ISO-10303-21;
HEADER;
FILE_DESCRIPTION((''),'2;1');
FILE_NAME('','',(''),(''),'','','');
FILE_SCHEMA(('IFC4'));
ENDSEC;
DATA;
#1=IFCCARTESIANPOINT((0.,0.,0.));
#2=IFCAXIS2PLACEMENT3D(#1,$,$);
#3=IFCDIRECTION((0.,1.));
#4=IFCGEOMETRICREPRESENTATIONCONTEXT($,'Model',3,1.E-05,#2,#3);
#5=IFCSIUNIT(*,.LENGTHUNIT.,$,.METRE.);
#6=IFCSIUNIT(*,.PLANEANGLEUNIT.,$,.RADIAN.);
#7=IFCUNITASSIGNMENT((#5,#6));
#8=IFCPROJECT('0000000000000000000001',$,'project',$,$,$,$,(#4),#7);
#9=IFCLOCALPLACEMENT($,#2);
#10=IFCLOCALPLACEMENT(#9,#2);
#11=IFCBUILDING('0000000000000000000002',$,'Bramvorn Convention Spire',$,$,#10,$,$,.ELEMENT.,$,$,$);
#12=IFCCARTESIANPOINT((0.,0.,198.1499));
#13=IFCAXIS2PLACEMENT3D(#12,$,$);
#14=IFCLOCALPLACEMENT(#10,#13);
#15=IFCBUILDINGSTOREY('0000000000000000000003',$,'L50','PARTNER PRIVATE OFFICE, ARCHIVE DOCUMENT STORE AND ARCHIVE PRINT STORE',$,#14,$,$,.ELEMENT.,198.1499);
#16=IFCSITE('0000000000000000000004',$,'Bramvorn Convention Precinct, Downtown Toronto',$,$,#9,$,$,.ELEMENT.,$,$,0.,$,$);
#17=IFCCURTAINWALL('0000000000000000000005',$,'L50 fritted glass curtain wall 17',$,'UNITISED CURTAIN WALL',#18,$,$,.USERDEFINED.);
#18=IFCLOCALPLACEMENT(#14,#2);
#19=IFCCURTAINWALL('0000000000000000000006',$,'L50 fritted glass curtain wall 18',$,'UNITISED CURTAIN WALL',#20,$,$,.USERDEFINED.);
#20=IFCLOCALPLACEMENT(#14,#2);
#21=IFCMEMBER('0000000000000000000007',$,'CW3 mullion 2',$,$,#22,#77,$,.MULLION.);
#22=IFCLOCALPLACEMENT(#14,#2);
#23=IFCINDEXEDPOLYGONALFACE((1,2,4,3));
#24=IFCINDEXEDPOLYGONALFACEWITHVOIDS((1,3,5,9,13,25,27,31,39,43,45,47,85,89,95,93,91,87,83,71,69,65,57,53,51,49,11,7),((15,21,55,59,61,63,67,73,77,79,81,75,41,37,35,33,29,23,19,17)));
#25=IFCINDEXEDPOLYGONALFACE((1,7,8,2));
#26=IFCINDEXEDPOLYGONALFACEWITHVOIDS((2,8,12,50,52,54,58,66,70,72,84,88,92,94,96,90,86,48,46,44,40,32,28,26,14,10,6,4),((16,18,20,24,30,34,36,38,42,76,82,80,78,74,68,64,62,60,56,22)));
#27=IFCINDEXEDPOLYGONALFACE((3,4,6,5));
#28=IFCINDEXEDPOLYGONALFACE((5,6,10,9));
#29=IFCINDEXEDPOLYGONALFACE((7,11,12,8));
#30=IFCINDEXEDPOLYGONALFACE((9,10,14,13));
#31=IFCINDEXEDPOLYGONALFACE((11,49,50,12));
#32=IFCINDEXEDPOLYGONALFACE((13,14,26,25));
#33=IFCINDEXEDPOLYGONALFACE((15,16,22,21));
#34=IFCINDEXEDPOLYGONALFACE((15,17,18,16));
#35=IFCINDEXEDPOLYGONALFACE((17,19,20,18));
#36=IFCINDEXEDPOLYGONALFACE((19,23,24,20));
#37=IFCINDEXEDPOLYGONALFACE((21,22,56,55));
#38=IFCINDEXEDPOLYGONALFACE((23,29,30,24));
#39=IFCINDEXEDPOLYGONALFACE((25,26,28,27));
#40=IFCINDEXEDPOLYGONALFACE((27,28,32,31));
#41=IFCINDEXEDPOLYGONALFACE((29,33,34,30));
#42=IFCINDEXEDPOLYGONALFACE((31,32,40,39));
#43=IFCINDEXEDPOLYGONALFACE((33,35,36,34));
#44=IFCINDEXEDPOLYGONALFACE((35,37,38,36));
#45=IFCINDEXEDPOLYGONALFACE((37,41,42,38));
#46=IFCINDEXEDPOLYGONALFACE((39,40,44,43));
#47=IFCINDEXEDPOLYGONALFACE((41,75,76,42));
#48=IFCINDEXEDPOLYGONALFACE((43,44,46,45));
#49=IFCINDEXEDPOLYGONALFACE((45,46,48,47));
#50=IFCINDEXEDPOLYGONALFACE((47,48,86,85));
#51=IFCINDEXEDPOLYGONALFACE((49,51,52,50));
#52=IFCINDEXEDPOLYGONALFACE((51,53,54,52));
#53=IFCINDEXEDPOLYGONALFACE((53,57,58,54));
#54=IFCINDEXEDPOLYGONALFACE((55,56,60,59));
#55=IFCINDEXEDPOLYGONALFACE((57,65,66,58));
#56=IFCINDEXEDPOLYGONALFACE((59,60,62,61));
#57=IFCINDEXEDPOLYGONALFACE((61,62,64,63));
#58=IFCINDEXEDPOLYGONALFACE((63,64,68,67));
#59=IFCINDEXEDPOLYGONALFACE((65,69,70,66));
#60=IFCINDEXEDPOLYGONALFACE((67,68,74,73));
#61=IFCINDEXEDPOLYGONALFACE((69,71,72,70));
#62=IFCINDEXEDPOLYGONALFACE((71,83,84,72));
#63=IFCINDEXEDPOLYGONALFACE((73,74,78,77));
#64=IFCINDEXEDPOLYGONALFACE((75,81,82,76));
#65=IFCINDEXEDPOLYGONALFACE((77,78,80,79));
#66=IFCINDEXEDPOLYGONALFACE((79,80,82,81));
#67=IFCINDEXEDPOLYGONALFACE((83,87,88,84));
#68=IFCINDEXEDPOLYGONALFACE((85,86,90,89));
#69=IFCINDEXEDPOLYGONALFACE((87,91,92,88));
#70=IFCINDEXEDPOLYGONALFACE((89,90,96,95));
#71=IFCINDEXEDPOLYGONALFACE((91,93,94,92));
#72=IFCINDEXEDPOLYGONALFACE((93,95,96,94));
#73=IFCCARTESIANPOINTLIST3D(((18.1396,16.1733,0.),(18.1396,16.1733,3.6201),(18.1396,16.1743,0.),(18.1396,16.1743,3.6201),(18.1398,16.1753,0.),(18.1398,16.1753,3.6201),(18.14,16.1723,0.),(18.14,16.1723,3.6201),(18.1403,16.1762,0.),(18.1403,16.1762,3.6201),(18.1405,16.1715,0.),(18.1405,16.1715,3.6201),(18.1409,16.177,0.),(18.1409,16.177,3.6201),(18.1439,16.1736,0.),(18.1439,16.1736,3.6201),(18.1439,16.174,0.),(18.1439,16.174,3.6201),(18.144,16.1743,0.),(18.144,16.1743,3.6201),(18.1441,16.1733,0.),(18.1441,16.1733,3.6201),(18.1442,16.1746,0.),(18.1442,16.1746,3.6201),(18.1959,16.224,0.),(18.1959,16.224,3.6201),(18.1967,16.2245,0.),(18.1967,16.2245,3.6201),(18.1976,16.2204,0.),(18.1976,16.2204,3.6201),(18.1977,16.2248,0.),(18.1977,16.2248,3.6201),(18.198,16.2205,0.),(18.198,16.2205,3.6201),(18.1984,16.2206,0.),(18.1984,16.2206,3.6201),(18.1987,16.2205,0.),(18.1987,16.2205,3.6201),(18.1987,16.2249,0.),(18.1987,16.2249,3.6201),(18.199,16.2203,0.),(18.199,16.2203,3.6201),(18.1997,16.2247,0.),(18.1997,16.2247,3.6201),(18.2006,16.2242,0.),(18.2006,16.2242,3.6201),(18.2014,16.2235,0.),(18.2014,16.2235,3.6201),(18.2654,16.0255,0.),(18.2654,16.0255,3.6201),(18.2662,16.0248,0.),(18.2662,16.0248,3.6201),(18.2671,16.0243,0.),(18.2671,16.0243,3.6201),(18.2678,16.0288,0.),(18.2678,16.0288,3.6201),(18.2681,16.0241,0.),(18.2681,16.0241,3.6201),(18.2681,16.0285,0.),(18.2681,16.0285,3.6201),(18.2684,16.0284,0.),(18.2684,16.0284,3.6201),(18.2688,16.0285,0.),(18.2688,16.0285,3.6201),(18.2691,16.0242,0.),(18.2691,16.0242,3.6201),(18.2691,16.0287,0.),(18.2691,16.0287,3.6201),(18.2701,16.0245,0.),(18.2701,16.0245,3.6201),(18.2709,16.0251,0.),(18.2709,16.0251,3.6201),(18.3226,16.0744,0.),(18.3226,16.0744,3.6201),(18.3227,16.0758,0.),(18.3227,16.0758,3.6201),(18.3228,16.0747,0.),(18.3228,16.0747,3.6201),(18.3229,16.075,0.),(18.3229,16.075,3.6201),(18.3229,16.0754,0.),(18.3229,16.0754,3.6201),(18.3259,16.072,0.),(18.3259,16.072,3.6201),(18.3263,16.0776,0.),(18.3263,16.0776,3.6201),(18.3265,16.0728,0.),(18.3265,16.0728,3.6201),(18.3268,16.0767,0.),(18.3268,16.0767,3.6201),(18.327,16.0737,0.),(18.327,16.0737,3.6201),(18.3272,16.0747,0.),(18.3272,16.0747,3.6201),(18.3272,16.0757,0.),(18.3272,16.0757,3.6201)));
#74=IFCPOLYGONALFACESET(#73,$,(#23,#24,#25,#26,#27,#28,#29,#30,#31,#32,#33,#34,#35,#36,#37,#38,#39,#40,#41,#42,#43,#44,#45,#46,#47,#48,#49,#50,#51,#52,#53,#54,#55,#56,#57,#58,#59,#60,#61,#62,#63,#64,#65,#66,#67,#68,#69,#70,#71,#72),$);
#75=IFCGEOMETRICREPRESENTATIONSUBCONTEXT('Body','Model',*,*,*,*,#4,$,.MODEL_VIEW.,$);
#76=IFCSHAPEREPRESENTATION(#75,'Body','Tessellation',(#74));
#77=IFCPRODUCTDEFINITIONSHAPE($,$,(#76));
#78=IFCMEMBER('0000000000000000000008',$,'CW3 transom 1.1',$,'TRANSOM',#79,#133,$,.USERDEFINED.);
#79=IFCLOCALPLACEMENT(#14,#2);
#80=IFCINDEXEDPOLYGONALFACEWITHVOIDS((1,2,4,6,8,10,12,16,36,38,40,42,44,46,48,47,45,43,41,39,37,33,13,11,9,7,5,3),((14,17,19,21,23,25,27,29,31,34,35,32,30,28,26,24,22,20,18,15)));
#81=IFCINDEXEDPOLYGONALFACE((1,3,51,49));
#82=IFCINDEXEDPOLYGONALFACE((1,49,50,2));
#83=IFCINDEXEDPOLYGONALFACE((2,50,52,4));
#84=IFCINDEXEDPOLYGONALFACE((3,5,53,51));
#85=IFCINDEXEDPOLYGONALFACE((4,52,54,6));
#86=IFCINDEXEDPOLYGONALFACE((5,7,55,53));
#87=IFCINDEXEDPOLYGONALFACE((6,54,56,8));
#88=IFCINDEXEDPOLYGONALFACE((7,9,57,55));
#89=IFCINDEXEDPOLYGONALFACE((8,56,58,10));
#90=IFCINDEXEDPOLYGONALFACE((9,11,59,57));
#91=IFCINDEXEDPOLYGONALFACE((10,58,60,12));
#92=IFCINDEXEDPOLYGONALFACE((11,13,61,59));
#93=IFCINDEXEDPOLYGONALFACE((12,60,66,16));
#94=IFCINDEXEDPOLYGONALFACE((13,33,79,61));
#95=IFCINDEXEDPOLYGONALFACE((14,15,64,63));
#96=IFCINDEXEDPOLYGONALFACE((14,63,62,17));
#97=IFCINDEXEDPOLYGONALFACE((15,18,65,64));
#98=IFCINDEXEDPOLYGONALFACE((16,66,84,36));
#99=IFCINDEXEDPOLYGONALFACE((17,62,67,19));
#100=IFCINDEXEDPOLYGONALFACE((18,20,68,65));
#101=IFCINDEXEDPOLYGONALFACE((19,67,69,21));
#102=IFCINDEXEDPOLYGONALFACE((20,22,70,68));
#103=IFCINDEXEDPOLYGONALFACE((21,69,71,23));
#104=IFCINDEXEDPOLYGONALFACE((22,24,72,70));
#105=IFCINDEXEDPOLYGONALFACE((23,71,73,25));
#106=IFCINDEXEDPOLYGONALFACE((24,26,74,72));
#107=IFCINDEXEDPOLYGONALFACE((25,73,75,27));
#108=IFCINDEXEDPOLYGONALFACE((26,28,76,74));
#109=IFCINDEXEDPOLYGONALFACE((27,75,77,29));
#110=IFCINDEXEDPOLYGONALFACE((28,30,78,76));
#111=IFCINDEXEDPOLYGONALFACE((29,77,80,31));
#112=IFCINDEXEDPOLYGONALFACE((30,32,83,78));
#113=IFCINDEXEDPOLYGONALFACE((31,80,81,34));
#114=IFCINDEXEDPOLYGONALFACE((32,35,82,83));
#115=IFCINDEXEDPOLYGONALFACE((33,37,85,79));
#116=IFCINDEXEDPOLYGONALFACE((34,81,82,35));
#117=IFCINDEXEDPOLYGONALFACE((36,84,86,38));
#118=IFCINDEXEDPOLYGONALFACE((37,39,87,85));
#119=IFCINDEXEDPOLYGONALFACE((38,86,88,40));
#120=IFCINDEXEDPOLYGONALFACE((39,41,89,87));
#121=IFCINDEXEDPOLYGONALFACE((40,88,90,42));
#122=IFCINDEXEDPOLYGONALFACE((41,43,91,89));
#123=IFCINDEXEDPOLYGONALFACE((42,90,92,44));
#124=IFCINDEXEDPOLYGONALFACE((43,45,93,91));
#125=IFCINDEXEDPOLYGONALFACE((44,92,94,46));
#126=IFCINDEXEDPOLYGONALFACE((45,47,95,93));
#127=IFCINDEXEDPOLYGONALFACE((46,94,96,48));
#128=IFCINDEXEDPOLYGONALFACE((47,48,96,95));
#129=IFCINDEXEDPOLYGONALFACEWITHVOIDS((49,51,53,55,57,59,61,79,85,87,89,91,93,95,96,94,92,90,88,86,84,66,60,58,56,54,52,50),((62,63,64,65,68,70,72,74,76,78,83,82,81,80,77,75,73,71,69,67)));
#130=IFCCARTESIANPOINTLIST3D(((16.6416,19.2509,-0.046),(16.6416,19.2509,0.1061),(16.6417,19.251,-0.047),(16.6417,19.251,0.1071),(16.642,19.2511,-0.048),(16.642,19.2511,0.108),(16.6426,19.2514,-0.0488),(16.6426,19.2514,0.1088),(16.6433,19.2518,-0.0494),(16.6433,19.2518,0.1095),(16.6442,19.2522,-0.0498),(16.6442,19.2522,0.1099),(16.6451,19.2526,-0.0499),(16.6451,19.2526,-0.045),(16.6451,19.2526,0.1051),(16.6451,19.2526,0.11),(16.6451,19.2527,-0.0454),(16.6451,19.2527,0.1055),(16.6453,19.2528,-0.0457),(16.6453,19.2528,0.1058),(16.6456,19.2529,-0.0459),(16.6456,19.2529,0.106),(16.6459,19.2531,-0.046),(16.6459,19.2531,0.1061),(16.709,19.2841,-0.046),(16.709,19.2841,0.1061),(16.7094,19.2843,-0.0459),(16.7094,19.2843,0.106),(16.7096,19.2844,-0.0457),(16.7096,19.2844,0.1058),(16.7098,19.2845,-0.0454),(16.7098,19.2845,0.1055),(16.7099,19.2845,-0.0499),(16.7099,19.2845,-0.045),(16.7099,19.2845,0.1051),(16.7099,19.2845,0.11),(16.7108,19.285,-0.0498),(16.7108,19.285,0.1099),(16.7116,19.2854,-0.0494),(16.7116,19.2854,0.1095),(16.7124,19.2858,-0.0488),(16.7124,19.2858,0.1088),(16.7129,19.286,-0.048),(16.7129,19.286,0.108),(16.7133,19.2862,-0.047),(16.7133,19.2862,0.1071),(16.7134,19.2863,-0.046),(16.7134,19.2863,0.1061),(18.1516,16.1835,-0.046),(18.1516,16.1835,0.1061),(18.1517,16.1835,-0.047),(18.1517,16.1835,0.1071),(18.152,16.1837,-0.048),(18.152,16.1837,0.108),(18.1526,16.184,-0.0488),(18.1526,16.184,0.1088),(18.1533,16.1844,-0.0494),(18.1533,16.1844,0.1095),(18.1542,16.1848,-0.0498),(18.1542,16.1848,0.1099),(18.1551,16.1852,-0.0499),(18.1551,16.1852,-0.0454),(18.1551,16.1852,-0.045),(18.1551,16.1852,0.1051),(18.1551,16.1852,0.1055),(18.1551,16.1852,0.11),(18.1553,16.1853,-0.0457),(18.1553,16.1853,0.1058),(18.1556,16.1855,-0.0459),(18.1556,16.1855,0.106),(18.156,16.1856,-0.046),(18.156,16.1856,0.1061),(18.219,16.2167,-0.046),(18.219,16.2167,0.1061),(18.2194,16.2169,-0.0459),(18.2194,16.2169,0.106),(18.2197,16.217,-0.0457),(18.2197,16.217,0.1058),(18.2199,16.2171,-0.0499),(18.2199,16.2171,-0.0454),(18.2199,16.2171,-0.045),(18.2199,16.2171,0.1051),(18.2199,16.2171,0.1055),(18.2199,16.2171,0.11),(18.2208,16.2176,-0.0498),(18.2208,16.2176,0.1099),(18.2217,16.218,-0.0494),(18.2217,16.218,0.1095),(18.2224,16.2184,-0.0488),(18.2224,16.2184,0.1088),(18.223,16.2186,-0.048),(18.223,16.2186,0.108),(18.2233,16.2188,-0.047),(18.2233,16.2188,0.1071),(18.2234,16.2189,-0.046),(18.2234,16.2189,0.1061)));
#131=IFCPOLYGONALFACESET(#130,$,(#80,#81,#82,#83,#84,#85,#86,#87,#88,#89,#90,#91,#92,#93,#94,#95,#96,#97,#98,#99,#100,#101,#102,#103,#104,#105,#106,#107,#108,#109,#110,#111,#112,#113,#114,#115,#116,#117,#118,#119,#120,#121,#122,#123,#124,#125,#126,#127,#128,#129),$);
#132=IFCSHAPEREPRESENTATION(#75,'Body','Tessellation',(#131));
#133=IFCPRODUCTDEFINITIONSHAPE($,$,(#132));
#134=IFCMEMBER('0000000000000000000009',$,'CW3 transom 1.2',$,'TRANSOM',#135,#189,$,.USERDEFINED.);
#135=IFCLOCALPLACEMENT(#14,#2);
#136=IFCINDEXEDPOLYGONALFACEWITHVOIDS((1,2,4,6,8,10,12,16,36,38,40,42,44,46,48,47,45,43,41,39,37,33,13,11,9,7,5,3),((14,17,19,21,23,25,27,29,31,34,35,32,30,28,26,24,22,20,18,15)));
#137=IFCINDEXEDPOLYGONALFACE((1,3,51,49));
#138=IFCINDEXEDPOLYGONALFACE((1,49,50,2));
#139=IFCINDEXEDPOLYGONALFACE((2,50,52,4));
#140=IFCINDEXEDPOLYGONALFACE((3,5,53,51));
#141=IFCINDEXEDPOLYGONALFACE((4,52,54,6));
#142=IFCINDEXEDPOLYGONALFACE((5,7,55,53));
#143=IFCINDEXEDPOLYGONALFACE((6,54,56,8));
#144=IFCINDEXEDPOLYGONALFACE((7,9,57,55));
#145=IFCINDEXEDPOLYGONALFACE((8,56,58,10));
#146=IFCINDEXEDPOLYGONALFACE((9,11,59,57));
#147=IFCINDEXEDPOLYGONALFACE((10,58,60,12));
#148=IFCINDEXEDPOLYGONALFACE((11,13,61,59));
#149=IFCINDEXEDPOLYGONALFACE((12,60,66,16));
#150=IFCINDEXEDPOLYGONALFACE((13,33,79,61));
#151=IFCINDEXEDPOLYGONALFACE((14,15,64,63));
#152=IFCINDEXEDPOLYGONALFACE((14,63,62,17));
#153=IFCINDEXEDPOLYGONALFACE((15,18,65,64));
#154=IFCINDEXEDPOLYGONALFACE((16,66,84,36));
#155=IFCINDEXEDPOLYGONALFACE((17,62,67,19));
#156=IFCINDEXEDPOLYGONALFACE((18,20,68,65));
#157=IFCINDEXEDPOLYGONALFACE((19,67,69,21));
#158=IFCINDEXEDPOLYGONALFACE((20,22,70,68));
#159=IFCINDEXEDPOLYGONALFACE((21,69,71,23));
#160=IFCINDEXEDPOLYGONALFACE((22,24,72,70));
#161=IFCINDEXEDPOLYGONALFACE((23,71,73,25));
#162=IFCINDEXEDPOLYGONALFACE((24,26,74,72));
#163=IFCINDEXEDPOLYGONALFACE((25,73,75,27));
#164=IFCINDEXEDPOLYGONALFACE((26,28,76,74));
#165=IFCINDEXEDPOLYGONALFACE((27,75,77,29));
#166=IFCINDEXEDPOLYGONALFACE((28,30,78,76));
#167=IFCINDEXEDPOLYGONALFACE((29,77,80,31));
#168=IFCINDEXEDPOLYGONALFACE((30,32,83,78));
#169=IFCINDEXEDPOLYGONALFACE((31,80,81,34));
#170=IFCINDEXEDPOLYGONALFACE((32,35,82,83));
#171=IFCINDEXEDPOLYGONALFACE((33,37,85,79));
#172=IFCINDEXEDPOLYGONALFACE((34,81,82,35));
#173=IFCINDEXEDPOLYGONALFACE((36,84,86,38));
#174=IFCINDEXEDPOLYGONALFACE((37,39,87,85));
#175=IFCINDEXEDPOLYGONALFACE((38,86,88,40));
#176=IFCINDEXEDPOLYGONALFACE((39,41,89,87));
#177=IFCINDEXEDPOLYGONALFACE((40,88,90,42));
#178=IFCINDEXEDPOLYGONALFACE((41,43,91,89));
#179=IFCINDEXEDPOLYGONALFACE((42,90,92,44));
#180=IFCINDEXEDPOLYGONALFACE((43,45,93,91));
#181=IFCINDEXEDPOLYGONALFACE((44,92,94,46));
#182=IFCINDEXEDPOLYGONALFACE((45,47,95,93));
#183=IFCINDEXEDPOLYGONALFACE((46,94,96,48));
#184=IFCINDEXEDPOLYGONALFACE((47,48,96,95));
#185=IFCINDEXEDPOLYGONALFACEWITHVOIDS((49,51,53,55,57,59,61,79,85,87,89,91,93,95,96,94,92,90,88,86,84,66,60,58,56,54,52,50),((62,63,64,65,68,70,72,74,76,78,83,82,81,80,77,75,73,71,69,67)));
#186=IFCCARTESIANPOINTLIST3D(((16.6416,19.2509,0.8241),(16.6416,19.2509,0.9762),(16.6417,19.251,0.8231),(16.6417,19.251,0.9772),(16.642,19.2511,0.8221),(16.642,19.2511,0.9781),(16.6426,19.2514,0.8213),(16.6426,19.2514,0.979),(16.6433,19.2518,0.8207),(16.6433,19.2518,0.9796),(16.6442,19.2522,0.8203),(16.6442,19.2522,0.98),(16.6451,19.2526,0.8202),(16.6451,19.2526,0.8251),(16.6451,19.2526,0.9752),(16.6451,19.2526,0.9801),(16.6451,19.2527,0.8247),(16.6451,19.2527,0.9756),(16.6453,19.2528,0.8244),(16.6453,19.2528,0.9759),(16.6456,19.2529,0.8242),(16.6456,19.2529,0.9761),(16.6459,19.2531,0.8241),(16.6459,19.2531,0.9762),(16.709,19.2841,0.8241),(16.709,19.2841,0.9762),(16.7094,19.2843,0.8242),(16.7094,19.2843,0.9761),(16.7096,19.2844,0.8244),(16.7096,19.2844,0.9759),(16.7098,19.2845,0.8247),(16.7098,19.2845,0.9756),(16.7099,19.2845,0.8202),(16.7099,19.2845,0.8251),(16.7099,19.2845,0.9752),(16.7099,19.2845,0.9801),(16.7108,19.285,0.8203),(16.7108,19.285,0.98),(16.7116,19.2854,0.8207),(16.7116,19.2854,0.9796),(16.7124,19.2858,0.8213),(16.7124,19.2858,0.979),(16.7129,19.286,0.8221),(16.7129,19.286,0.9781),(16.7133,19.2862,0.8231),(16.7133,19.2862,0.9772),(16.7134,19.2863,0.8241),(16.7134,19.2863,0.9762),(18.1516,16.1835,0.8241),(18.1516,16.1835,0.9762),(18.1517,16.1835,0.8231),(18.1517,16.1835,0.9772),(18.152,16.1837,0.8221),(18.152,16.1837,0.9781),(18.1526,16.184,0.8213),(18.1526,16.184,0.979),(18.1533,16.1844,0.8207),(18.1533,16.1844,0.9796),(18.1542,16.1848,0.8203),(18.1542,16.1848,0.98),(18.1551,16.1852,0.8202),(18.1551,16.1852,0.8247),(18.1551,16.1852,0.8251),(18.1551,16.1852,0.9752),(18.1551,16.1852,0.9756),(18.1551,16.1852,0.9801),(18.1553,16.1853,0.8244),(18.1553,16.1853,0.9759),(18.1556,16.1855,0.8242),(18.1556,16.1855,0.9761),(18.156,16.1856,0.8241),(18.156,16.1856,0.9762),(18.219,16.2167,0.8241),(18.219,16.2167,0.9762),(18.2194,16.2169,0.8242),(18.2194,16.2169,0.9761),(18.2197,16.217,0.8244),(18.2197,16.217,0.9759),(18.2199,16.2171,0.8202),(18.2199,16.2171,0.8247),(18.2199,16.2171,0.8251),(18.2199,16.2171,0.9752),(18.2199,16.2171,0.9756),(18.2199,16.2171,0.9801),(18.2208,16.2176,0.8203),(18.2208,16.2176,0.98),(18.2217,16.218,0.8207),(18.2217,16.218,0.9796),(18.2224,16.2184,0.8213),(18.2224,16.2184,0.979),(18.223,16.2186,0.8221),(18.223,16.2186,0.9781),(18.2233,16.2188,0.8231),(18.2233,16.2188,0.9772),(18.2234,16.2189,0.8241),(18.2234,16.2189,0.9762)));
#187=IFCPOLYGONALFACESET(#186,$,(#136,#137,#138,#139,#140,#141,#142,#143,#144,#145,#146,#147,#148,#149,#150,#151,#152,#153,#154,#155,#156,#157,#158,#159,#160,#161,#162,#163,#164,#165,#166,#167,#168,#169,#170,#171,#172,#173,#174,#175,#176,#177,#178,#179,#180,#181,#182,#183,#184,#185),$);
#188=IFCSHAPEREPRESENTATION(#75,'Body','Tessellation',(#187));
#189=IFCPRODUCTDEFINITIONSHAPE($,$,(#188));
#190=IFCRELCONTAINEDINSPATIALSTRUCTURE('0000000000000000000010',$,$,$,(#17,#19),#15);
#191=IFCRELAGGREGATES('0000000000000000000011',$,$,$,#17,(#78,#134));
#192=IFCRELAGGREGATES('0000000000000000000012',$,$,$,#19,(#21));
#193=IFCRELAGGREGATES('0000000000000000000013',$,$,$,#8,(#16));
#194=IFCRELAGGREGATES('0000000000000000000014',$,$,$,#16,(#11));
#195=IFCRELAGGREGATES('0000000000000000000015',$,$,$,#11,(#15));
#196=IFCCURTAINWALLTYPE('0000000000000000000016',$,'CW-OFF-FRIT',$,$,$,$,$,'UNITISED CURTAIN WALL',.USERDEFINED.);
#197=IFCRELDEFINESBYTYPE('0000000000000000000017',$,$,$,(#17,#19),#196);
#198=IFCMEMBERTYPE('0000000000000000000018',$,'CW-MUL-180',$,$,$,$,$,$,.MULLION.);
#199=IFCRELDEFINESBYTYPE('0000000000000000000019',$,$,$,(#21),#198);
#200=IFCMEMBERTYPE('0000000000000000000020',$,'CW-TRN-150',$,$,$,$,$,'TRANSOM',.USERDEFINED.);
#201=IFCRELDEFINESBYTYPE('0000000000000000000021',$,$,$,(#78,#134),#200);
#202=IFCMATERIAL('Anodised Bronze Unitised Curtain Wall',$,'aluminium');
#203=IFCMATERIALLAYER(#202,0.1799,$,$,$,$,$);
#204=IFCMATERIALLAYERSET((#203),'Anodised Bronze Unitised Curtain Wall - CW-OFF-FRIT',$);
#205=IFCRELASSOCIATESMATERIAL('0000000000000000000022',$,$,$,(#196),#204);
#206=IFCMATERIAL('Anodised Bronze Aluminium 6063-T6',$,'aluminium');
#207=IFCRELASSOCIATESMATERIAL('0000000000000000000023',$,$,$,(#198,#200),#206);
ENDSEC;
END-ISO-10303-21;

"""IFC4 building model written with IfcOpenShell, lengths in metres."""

from ifc_helpers import new_model, si_unit, direction, frame, origin, origin_2d, place, context, subcontext, project, spatial, hollow_rectangle, extrude, material, layer, layer_set, material_profile, profile_set, type_object, element, aggregate, save


model = new_model("IFC4")

# Units and contexts
model_context = context("Model", 3, precision=1e-05, world=origin(), true_north=direction((0.0, 1.0)))
body_context = subcontext(model_context, "Body", "Model", "MODEL_VIEW")
ifc_project = project(units=[si_unit("LENGTHUNIT", "METRE"), si_unit("PLANEANGLEUNIT", "RADIAN")], contexts=[model_context])

# Site, building, storey
site_placement = place(None, origin())
site = spatial("IfcSite", under=ifc_project, at=site_placement, Name="Bramvorn Convention Precinct, Downtown Toronto", CompositionType="ELEMENT", RefElevation=0.0)
building_placement = place(site_placement, origin())
building = spatial("IfcBuilding", under=site, at=building_placement, Name="Bramvorn Convention Spire", CompositionType="ELEMENT")
storey_placement = place(building_placement, frame((0.0, 0.0, 198.1499)))
storey = spatial("IfcBuildingStorey", under=building, at=storey_placement, Name="L50", Description="PARTNER PRIVATE OFFICE, ARCHIVE DOCUMENT STORE AND ARCHIVE PRINT STORE", CompositionType="ELEMENT", Elevation=198.1499)

# Curtain walls, member
ifc_material_1 = material(Name="Anodised Bronze Unitised Curtain Wall", Category="aluminium")
ifc_layer_1 = layer(ifc_material_1, 0.1799)
ifc_layer_set_1 = layer_set([ifc_layer_1], Name="Anodised Bronze Unitised Curtain Wall - CW-OFF-FRIT")
curtain_wall_type = type_object("IfcCurtainWallType", Name="CW-OFF-FRIT", ElementType="UNITISED CURTAIN WALL", PredefinedType="USERDEFINED", material=ifc_layer_set_1)
curtain_wall_1_placement = place(storey_placement, origin())
curtain_wall_1 = element("IfcCurtainWall", 1, at=curtain_wall_1_placement, inside=storey, type_object=curtain_wall_type, Name="L50 fritted glass curtain wall 17", ObjectType="UNITISED CURTAIN WALL", PredefinedType="USERDEFINED")
ifc_material_2 = material(Name="Anodised Bronze Aluminium 6063-T6", Category="aluminium")
ifc_material_profile_1 = material_profile(ifc_material_2, hollow_rectangle(XDim=0.0801, YDim=0.2, WallThickness=0.0039, InnerFilletRadius=0.001, OuterFilletRadius=0.0039, at=origin_2d()))
ifc_profile_set_1 = profile_set([ifc_material_profile_1], Name="Anodised Bronze Aluminium 6063-T6 - CWM80X200")
member_type_1 = type_object("IfcMemberType", Name="CW-MUL-180", PredefinedType="MULLION", material=ifc_profile_set_1)
curtain_wall_2_placement = place(storey_placement, origin())
curtain_wall_2 = element("IfcCurtainWall", 2, at=curtain_wall_2_placement, inside=storey, type_object=curtain_wall_type, Name="L50 fritted glass curtain wall 18", ObjectType="UNITISED CURTAIN WALL", PredefinedType="USERDEFINED")
member_1_placement = place(storey_placement, frame((18.2334, 16.1245, 0.0), z_axis=(0.0, 0.0, 1.0), x_axis=(-0.759787, -0.650172, 0.0)))
member_1 = element("IfcMember", 3, at=member_1_placement, type_object=member_type_1, Name="CW3 mullion 2", PredefinedType="MULLION", context=body_context, shape_type="SweptSolid", body=[
    extrude(hollow_rectangle(XDim=0.0801, YDim=0.2, WallThickness=0.0039, InnerFilletRadius=0.001, OuterFilletRadius=0.0039, at=origin_2d()), origin(), (0.0, 0.0, 1.0), 3.6201),
])

# Members
ifc_material_profile_2 = material_profile(ifc_material_2, hollow_rectangle(XDim=0.0801, YDim=0.1599, WallThickness=0.0039, InnerFilletRadius=0.001, OuterFilletRadius=0.0039, at=origin_2d()))
ifc_profile_set_2 = profile_set([ifc_material_profile_2], Name="Anodised Bronze Aluminium 6063-T6 - CWT80X160")
member_type_2 = type_object("IfcMemberType", Name="CW-TRN-150", ElementType="TRANSOM", PredefinedType="USERDEFINED", material=ifc_profile_set_2)
member_2_placement = place(storey_placement, frame((18.1875, 16.2012, 0.03), z_axis=(-0.441664, 0.897181, 0.0), x_axis=(-0.897181, -0.441664, 0.0)))
member_2 = element("IfcMember", 4, at=member_2_placement, type_object=member_type_2, Name="CW3 transom 1.1", ObjectType="TRANSOM", PredefinedType="USERDEFINED", context=body_context, shape_type="SweptSolid", body=[
    extrude(hollow_rectangle(XDim=0.0801, YDim=0.1599, WallThickness=0.0039, InnerFilletRadius=0.001, OuterFilletRadius=0.0039, at=origin_2d()), origin(), (0.0, 0.0, 1.0), 3.4189),
])
member_3_placement = place(storey_placement, frame((18.1875, 16.2012, 0.9001), z_axis=(-0.441664, 0.897181, 0.0), x_axis=(-0.897181, -0.441664, 0.0)))
member_3 = element("IfcMember", 5, at=member_3_placement, type_object=member_type_2, Name="CW3 transom 1.2", ObjectType="TRANSOM", PredefinedType="USERDEFINED", context=body_context, shape_type="SweptSolid", body=[
    extrude(hollow_rectangle(XDim=0.0801, YDim=0.1599, WallThickness=0.0039, InnerFilletRadius=0.001, OuterFilletRadius=0.0039, at=origin_2d()), origin(), (0.0, 0.0, 1.0), 3.4189),
])

aggregate(curtain_wall_1, [member_2, member_3])
aggregate(curtain_wall_2, [member_1])

save(model, "model.ifc")
